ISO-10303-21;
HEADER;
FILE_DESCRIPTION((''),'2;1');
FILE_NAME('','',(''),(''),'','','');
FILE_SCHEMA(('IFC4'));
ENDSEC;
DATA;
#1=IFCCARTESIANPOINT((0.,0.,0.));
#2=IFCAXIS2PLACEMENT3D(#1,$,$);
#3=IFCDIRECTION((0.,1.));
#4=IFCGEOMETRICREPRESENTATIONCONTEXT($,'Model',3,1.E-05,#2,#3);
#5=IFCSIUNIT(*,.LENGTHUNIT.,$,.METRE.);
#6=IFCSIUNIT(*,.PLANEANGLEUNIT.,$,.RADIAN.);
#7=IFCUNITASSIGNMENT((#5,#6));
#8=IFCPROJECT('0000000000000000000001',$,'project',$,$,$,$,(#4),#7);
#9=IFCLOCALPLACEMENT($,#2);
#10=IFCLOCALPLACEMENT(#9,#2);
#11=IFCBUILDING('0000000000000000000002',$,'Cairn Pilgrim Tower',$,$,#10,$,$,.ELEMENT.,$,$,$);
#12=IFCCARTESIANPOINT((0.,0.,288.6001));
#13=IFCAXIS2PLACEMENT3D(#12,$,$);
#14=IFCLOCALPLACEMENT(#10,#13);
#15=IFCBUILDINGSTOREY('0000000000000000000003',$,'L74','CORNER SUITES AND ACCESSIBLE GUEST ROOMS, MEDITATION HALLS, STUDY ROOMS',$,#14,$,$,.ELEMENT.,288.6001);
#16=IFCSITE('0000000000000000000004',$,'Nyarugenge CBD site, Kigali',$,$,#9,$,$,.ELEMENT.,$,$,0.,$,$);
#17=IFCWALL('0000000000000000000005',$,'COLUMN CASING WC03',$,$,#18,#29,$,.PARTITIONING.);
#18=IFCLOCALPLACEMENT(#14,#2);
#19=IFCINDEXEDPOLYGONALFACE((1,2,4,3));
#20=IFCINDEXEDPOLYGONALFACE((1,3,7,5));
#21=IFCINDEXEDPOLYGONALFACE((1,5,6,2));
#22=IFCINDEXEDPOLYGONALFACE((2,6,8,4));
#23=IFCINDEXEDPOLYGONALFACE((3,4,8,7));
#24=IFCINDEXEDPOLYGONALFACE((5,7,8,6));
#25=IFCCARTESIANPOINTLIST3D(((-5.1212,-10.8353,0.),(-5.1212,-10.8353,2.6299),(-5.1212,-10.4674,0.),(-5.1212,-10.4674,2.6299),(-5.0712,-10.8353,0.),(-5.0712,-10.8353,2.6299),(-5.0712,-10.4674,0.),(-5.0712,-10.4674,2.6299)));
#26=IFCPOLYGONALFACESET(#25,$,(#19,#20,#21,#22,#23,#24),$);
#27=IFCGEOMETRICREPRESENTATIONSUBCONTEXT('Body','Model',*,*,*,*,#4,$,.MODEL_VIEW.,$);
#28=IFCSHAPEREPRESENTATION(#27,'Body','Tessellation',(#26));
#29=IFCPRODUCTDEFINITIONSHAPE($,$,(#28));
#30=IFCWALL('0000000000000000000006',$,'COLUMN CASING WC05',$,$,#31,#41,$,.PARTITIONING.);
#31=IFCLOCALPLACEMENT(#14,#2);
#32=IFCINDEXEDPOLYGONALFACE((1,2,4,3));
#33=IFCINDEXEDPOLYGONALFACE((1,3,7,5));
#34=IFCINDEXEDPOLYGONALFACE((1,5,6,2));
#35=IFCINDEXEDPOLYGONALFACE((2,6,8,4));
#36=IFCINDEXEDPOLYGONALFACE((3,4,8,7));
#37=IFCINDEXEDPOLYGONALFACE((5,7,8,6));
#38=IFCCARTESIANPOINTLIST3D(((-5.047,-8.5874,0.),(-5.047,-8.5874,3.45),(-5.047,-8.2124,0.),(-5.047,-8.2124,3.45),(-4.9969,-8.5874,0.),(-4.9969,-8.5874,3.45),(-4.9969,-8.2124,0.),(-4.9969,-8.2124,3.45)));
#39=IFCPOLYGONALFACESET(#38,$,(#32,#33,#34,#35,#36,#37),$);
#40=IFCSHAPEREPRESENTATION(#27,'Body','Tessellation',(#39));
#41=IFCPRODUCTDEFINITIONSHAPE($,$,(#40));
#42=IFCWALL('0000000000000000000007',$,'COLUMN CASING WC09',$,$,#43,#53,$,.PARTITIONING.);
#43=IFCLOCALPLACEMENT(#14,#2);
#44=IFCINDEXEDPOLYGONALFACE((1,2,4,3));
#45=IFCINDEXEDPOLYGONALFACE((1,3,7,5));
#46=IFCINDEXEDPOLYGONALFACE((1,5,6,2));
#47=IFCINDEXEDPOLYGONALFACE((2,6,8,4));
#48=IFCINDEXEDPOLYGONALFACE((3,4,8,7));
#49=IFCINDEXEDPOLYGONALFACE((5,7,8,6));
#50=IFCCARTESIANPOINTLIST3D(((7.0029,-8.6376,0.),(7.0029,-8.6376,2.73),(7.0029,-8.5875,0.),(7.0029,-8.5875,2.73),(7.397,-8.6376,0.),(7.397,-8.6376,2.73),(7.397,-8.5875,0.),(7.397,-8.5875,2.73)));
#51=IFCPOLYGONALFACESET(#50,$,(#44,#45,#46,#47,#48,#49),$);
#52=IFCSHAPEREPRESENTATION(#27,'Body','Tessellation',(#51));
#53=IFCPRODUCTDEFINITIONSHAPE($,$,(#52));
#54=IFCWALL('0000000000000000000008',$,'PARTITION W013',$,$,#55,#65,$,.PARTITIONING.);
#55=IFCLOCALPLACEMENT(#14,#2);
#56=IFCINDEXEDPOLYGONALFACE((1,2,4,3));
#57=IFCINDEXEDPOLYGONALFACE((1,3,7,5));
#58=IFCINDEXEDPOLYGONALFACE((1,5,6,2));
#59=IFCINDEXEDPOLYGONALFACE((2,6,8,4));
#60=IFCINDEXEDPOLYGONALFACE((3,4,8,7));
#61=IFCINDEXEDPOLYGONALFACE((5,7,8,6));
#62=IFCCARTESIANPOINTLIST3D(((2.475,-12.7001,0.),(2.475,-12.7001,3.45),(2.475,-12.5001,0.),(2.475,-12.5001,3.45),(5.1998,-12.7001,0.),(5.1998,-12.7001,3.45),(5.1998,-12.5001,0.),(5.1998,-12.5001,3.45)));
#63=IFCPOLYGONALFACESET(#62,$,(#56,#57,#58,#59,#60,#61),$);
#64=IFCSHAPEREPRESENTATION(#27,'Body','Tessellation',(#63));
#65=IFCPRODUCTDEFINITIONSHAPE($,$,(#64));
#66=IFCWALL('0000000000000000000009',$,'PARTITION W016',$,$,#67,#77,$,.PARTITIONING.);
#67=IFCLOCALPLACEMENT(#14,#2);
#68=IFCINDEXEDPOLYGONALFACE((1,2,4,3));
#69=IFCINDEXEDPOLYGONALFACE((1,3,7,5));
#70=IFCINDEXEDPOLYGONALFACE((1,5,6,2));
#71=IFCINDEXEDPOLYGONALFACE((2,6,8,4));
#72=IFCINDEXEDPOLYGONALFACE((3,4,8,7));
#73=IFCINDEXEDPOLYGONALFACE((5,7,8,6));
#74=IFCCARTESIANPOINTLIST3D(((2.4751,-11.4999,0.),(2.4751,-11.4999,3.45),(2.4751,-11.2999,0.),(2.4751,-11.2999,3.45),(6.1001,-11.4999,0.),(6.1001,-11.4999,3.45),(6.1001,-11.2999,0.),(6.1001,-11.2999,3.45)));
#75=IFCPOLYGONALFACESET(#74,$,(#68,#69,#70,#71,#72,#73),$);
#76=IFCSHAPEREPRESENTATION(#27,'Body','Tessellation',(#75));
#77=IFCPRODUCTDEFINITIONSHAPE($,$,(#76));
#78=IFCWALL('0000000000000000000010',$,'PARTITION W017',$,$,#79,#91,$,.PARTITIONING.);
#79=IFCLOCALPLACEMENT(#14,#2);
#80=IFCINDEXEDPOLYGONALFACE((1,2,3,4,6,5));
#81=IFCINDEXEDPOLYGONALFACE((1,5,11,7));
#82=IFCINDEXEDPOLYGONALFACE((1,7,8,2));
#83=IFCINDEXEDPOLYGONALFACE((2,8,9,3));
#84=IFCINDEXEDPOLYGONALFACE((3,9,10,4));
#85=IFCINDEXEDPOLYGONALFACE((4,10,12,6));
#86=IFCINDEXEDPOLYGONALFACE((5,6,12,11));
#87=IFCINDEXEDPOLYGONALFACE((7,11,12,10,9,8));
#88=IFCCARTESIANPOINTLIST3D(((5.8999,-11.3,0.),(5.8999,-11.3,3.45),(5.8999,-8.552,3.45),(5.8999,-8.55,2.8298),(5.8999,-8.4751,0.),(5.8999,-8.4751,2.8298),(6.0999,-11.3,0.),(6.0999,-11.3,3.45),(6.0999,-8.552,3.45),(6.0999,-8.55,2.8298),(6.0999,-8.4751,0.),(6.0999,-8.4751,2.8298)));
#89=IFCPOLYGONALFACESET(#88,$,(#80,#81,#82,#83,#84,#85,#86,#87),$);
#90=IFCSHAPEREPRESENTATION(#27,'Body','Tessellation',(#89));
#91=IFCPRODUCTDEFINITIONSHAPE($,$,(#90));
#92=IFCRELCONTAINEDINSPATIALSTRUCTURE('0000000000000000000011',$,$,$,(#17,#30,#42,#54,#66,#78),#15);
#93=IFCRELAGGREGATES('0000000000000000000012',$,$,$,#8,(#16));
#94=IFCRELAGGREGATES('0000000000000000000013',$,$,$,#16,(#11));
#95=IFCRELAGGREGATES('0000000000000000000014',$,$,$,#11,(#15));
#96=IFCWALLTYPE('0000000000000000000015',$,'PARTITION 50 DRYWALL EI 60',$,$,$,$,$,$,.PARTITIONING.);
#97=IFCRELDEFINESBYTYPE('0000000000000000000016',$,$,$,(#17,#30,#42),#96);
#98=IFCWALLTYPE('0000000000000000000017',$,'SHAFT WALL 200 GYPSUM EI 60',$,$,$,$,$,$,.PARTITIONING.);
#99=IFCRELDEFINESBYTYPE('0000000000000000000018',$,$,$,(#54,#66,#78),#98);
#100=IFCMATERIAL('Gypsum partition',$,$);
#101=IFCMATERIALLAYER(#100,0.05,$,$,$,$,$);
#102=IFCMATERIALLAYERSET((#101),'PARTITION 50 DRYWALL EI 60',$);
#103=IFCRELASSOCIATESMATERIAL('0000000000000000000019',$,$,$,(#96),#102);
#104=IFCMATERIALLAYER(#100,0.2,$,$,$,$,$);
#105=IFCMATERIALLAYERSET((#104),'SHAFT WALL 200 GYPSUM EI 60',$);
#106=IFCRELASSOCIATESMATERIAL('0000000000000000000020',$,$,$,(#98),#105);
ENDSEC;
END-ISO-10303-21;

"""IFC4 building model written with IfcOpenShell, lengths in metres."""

from ifc_helpers import new_model, si_unit, direction, frame, frame_2d, origin, place, context, subcontext, project, spatial, polyline, rectangle, outline, extrude, material, layer, layer_set, type_object, element, save


model = new_model("IFC4")

# Units and contexts
model_context = context("Model", 3, precision=1e-05, world=origin(), true_north=direction((0.0, 1.0)))
body_context = subcontext(model_context, "Body", "Model", "MODEL_VIEW")
ifc_project = project(units=[si_unit("LENGTHUNIT", "METRE"), si_unit("PLANEANGLEUNIT", "RADIAN")], contexts=[model_context])

# Site, building, storey
site_placement = place(None, origin())
site = spatial("IfcSite", under=ifc_project, at=site_placement, Name="Nyarugenge CBD site, Kigali", CompositionType="ELEMENT", RefElevation=0.0)
building_placement = place(site_placement, origin())
building = spatial("IfcBuilding", under=site, at=building_placement, Name="Cairn Pilgrim Tower", CompositionType="ELEMENT")
storey_placement = place(building_placement, frame((0.0, 0.0, 288.6001)))
storey = spatial("IfcBuildingStorey", under=building, at=storey_placement, Name="L74", Description="CORNER SUITES AND ACCESSIBLE GUEST ROOMS, MEDITATION HALLS, STUDY ROOMS", CompositionType="ELEMENT", Elevation=288.6001)

# Shared definitions
ifc_material_1 = material(Name="Gypsum partition")

# Walls
ifc_layer_1 = layer(ifc_material_1, 0.05)
ifc_layer_set_1 = layer_set([ifc_layer_1], Name="PARTITION 50 DRYWALL EI 60")
wall_type_1 = type_object("IfcWallType", Name="PARTITION 50 DRYWALL EI 60", PredefinedType="PARTITIONING", material=ifc_layer_set_1)
wall_1_placement = place(storey_placement, frame((-5.0962, -10.8354, 0.0), z_axis=(0.0, 0.0, 1.0), x_axis=(0.0, 1.0, 0.0)))
element("IfcWall", 1, at=wall_1_placement, inside=storey, type_object=wall_type_1, Name="COLUMN CASING WC03", PredefinedType="PARTITIONING", context=body_context, shape_type="SweptSolid", body=[
    extrude(rectangle(XDim=0.3679, YDim=0.05, at=frame_2d((0.1841, 0.0))), origin(), (0.0, 0.0, 1.0), 2.6299),
])
wall_2_placement = place(storey_placement, frame((-5.022, -8.5874, 0.0), z_axis=(0.0, 0.0, 1.0), x_axis=(0.0, 1.0, 0.0)))
element("IfcWall", 2, at=wall_2_placement, inside=storey, type_object=wall_type_1, Name="COLUMN CASING WC05", PredefinedType="PARTITIONING", context=body_context, shape_type="SweptSolid", body=[
    extrude(rectangle(XDim=0.375, YDim=0.05, at=frame_2d((0.1875, 0.0))), origin(), (0.0, 0.0, 1.0), 3.45),
])
wall_3_placement = place(storey_placement, frame((7.0029, -8.6125, 0.0), z_axis=(0.0, 0.0, 1.0), x_axis=(1.0, 0.0, 0.0)))
element("IfcWall", 3, at=wall_3_placement, inside=storey, type_object=wall_type_1, Name="COLUMN CASING WC09", PredefinedType="PARTITIONING", context=body_context, shape_type="SweptSolid", body=[
    extrude(rectangle(XDim=0.394, YDim=0.05, at=frame_2d((0.197, 0.0))), origin(), (0.0, 0.0, 1.0), 2.73),
])
ifc_layer_2 = layer(ifc_material_1, 0.2)
ifc_layer_set_2 = layer_set([ifc_layer_2], Name="SHAFT WALL 200 GYPSUM EI 60")
wall_type_2 = type_object("IfcWallType", Name="SHAFT WALL 200 GYPSUM EI 60", PredefinedType="PARTITIONING", material=ifc_layer_set_2)
wall_4_placement = place(storey_placement, frame((2.4751, -12.6001, 0.0), z_axis=(0.0, 0.0, 1.0), x_axis=(1.0, 0.0, 0.0)))
element("IfcWall", 4, at=wall_4_placement, inside=storey, type_object=wall_type_2, Name="PARTITION W013", PredefinedType="PARTITIONING", context=body_context, shape_type="SweptSolid", body=[
    extrude(rectangle(XDim=2.7249, YDim=0.2, at=frame_2d((1.3623, 0.0))), origin(), (0.0, 0.0, 1.0), 3.45),
])
wall_5_placement = place(storey_placement, frame((2.4751, -11.3999, 0.0), z_axis=(0.0, 0.0, 1.0), x_axis=(1.0, 0.0, 0.0)))
element("IfcWall", 5, at=wall_5_placement, inside=storey, type_object=wall_type_2, Name="PARTITION W016", PredefinedType="PARTITIONING", context=body_context, shape_type="SweptSolid", body=[
    extrude(rectangle(XDim=3.625, YDim=0.2, at=frame_2d((1.8125, 0.0))), origin(), (0.0, 0.0, 1.0), 3.45),
])
wall_6_placement = place(storey_placement, frame((6.0, -11.3, 0.0), z_axis=(0.0, 0.0, 1.0), x_axis=(0.0, 1.0, 0.0)))
element("IfcWall", 6, at=wall_6_placement, inside=storey, type_object=wall_type_2, Name="PARTITION W017", PredefinedType="PARTITIONING", context=body_context, shape_type="SweptSolid", body=[
    extrude(outline(polyline([(0.0, 0.0), (2.825, 0.0), (2.825, 2.8298), (2.75, 2.8298), (2.748, 3.45), (0.0, 3.45), (0.0, 0.0)])), frame((0.0, 0.1001, 0.0), z_axis=(0.0, -1.0, 0.0), x_axis=(1.0, 0.0, 0.0)), (0.0, 0.0, 1.0), 0.2),
])

save(model, "model.ifc")
